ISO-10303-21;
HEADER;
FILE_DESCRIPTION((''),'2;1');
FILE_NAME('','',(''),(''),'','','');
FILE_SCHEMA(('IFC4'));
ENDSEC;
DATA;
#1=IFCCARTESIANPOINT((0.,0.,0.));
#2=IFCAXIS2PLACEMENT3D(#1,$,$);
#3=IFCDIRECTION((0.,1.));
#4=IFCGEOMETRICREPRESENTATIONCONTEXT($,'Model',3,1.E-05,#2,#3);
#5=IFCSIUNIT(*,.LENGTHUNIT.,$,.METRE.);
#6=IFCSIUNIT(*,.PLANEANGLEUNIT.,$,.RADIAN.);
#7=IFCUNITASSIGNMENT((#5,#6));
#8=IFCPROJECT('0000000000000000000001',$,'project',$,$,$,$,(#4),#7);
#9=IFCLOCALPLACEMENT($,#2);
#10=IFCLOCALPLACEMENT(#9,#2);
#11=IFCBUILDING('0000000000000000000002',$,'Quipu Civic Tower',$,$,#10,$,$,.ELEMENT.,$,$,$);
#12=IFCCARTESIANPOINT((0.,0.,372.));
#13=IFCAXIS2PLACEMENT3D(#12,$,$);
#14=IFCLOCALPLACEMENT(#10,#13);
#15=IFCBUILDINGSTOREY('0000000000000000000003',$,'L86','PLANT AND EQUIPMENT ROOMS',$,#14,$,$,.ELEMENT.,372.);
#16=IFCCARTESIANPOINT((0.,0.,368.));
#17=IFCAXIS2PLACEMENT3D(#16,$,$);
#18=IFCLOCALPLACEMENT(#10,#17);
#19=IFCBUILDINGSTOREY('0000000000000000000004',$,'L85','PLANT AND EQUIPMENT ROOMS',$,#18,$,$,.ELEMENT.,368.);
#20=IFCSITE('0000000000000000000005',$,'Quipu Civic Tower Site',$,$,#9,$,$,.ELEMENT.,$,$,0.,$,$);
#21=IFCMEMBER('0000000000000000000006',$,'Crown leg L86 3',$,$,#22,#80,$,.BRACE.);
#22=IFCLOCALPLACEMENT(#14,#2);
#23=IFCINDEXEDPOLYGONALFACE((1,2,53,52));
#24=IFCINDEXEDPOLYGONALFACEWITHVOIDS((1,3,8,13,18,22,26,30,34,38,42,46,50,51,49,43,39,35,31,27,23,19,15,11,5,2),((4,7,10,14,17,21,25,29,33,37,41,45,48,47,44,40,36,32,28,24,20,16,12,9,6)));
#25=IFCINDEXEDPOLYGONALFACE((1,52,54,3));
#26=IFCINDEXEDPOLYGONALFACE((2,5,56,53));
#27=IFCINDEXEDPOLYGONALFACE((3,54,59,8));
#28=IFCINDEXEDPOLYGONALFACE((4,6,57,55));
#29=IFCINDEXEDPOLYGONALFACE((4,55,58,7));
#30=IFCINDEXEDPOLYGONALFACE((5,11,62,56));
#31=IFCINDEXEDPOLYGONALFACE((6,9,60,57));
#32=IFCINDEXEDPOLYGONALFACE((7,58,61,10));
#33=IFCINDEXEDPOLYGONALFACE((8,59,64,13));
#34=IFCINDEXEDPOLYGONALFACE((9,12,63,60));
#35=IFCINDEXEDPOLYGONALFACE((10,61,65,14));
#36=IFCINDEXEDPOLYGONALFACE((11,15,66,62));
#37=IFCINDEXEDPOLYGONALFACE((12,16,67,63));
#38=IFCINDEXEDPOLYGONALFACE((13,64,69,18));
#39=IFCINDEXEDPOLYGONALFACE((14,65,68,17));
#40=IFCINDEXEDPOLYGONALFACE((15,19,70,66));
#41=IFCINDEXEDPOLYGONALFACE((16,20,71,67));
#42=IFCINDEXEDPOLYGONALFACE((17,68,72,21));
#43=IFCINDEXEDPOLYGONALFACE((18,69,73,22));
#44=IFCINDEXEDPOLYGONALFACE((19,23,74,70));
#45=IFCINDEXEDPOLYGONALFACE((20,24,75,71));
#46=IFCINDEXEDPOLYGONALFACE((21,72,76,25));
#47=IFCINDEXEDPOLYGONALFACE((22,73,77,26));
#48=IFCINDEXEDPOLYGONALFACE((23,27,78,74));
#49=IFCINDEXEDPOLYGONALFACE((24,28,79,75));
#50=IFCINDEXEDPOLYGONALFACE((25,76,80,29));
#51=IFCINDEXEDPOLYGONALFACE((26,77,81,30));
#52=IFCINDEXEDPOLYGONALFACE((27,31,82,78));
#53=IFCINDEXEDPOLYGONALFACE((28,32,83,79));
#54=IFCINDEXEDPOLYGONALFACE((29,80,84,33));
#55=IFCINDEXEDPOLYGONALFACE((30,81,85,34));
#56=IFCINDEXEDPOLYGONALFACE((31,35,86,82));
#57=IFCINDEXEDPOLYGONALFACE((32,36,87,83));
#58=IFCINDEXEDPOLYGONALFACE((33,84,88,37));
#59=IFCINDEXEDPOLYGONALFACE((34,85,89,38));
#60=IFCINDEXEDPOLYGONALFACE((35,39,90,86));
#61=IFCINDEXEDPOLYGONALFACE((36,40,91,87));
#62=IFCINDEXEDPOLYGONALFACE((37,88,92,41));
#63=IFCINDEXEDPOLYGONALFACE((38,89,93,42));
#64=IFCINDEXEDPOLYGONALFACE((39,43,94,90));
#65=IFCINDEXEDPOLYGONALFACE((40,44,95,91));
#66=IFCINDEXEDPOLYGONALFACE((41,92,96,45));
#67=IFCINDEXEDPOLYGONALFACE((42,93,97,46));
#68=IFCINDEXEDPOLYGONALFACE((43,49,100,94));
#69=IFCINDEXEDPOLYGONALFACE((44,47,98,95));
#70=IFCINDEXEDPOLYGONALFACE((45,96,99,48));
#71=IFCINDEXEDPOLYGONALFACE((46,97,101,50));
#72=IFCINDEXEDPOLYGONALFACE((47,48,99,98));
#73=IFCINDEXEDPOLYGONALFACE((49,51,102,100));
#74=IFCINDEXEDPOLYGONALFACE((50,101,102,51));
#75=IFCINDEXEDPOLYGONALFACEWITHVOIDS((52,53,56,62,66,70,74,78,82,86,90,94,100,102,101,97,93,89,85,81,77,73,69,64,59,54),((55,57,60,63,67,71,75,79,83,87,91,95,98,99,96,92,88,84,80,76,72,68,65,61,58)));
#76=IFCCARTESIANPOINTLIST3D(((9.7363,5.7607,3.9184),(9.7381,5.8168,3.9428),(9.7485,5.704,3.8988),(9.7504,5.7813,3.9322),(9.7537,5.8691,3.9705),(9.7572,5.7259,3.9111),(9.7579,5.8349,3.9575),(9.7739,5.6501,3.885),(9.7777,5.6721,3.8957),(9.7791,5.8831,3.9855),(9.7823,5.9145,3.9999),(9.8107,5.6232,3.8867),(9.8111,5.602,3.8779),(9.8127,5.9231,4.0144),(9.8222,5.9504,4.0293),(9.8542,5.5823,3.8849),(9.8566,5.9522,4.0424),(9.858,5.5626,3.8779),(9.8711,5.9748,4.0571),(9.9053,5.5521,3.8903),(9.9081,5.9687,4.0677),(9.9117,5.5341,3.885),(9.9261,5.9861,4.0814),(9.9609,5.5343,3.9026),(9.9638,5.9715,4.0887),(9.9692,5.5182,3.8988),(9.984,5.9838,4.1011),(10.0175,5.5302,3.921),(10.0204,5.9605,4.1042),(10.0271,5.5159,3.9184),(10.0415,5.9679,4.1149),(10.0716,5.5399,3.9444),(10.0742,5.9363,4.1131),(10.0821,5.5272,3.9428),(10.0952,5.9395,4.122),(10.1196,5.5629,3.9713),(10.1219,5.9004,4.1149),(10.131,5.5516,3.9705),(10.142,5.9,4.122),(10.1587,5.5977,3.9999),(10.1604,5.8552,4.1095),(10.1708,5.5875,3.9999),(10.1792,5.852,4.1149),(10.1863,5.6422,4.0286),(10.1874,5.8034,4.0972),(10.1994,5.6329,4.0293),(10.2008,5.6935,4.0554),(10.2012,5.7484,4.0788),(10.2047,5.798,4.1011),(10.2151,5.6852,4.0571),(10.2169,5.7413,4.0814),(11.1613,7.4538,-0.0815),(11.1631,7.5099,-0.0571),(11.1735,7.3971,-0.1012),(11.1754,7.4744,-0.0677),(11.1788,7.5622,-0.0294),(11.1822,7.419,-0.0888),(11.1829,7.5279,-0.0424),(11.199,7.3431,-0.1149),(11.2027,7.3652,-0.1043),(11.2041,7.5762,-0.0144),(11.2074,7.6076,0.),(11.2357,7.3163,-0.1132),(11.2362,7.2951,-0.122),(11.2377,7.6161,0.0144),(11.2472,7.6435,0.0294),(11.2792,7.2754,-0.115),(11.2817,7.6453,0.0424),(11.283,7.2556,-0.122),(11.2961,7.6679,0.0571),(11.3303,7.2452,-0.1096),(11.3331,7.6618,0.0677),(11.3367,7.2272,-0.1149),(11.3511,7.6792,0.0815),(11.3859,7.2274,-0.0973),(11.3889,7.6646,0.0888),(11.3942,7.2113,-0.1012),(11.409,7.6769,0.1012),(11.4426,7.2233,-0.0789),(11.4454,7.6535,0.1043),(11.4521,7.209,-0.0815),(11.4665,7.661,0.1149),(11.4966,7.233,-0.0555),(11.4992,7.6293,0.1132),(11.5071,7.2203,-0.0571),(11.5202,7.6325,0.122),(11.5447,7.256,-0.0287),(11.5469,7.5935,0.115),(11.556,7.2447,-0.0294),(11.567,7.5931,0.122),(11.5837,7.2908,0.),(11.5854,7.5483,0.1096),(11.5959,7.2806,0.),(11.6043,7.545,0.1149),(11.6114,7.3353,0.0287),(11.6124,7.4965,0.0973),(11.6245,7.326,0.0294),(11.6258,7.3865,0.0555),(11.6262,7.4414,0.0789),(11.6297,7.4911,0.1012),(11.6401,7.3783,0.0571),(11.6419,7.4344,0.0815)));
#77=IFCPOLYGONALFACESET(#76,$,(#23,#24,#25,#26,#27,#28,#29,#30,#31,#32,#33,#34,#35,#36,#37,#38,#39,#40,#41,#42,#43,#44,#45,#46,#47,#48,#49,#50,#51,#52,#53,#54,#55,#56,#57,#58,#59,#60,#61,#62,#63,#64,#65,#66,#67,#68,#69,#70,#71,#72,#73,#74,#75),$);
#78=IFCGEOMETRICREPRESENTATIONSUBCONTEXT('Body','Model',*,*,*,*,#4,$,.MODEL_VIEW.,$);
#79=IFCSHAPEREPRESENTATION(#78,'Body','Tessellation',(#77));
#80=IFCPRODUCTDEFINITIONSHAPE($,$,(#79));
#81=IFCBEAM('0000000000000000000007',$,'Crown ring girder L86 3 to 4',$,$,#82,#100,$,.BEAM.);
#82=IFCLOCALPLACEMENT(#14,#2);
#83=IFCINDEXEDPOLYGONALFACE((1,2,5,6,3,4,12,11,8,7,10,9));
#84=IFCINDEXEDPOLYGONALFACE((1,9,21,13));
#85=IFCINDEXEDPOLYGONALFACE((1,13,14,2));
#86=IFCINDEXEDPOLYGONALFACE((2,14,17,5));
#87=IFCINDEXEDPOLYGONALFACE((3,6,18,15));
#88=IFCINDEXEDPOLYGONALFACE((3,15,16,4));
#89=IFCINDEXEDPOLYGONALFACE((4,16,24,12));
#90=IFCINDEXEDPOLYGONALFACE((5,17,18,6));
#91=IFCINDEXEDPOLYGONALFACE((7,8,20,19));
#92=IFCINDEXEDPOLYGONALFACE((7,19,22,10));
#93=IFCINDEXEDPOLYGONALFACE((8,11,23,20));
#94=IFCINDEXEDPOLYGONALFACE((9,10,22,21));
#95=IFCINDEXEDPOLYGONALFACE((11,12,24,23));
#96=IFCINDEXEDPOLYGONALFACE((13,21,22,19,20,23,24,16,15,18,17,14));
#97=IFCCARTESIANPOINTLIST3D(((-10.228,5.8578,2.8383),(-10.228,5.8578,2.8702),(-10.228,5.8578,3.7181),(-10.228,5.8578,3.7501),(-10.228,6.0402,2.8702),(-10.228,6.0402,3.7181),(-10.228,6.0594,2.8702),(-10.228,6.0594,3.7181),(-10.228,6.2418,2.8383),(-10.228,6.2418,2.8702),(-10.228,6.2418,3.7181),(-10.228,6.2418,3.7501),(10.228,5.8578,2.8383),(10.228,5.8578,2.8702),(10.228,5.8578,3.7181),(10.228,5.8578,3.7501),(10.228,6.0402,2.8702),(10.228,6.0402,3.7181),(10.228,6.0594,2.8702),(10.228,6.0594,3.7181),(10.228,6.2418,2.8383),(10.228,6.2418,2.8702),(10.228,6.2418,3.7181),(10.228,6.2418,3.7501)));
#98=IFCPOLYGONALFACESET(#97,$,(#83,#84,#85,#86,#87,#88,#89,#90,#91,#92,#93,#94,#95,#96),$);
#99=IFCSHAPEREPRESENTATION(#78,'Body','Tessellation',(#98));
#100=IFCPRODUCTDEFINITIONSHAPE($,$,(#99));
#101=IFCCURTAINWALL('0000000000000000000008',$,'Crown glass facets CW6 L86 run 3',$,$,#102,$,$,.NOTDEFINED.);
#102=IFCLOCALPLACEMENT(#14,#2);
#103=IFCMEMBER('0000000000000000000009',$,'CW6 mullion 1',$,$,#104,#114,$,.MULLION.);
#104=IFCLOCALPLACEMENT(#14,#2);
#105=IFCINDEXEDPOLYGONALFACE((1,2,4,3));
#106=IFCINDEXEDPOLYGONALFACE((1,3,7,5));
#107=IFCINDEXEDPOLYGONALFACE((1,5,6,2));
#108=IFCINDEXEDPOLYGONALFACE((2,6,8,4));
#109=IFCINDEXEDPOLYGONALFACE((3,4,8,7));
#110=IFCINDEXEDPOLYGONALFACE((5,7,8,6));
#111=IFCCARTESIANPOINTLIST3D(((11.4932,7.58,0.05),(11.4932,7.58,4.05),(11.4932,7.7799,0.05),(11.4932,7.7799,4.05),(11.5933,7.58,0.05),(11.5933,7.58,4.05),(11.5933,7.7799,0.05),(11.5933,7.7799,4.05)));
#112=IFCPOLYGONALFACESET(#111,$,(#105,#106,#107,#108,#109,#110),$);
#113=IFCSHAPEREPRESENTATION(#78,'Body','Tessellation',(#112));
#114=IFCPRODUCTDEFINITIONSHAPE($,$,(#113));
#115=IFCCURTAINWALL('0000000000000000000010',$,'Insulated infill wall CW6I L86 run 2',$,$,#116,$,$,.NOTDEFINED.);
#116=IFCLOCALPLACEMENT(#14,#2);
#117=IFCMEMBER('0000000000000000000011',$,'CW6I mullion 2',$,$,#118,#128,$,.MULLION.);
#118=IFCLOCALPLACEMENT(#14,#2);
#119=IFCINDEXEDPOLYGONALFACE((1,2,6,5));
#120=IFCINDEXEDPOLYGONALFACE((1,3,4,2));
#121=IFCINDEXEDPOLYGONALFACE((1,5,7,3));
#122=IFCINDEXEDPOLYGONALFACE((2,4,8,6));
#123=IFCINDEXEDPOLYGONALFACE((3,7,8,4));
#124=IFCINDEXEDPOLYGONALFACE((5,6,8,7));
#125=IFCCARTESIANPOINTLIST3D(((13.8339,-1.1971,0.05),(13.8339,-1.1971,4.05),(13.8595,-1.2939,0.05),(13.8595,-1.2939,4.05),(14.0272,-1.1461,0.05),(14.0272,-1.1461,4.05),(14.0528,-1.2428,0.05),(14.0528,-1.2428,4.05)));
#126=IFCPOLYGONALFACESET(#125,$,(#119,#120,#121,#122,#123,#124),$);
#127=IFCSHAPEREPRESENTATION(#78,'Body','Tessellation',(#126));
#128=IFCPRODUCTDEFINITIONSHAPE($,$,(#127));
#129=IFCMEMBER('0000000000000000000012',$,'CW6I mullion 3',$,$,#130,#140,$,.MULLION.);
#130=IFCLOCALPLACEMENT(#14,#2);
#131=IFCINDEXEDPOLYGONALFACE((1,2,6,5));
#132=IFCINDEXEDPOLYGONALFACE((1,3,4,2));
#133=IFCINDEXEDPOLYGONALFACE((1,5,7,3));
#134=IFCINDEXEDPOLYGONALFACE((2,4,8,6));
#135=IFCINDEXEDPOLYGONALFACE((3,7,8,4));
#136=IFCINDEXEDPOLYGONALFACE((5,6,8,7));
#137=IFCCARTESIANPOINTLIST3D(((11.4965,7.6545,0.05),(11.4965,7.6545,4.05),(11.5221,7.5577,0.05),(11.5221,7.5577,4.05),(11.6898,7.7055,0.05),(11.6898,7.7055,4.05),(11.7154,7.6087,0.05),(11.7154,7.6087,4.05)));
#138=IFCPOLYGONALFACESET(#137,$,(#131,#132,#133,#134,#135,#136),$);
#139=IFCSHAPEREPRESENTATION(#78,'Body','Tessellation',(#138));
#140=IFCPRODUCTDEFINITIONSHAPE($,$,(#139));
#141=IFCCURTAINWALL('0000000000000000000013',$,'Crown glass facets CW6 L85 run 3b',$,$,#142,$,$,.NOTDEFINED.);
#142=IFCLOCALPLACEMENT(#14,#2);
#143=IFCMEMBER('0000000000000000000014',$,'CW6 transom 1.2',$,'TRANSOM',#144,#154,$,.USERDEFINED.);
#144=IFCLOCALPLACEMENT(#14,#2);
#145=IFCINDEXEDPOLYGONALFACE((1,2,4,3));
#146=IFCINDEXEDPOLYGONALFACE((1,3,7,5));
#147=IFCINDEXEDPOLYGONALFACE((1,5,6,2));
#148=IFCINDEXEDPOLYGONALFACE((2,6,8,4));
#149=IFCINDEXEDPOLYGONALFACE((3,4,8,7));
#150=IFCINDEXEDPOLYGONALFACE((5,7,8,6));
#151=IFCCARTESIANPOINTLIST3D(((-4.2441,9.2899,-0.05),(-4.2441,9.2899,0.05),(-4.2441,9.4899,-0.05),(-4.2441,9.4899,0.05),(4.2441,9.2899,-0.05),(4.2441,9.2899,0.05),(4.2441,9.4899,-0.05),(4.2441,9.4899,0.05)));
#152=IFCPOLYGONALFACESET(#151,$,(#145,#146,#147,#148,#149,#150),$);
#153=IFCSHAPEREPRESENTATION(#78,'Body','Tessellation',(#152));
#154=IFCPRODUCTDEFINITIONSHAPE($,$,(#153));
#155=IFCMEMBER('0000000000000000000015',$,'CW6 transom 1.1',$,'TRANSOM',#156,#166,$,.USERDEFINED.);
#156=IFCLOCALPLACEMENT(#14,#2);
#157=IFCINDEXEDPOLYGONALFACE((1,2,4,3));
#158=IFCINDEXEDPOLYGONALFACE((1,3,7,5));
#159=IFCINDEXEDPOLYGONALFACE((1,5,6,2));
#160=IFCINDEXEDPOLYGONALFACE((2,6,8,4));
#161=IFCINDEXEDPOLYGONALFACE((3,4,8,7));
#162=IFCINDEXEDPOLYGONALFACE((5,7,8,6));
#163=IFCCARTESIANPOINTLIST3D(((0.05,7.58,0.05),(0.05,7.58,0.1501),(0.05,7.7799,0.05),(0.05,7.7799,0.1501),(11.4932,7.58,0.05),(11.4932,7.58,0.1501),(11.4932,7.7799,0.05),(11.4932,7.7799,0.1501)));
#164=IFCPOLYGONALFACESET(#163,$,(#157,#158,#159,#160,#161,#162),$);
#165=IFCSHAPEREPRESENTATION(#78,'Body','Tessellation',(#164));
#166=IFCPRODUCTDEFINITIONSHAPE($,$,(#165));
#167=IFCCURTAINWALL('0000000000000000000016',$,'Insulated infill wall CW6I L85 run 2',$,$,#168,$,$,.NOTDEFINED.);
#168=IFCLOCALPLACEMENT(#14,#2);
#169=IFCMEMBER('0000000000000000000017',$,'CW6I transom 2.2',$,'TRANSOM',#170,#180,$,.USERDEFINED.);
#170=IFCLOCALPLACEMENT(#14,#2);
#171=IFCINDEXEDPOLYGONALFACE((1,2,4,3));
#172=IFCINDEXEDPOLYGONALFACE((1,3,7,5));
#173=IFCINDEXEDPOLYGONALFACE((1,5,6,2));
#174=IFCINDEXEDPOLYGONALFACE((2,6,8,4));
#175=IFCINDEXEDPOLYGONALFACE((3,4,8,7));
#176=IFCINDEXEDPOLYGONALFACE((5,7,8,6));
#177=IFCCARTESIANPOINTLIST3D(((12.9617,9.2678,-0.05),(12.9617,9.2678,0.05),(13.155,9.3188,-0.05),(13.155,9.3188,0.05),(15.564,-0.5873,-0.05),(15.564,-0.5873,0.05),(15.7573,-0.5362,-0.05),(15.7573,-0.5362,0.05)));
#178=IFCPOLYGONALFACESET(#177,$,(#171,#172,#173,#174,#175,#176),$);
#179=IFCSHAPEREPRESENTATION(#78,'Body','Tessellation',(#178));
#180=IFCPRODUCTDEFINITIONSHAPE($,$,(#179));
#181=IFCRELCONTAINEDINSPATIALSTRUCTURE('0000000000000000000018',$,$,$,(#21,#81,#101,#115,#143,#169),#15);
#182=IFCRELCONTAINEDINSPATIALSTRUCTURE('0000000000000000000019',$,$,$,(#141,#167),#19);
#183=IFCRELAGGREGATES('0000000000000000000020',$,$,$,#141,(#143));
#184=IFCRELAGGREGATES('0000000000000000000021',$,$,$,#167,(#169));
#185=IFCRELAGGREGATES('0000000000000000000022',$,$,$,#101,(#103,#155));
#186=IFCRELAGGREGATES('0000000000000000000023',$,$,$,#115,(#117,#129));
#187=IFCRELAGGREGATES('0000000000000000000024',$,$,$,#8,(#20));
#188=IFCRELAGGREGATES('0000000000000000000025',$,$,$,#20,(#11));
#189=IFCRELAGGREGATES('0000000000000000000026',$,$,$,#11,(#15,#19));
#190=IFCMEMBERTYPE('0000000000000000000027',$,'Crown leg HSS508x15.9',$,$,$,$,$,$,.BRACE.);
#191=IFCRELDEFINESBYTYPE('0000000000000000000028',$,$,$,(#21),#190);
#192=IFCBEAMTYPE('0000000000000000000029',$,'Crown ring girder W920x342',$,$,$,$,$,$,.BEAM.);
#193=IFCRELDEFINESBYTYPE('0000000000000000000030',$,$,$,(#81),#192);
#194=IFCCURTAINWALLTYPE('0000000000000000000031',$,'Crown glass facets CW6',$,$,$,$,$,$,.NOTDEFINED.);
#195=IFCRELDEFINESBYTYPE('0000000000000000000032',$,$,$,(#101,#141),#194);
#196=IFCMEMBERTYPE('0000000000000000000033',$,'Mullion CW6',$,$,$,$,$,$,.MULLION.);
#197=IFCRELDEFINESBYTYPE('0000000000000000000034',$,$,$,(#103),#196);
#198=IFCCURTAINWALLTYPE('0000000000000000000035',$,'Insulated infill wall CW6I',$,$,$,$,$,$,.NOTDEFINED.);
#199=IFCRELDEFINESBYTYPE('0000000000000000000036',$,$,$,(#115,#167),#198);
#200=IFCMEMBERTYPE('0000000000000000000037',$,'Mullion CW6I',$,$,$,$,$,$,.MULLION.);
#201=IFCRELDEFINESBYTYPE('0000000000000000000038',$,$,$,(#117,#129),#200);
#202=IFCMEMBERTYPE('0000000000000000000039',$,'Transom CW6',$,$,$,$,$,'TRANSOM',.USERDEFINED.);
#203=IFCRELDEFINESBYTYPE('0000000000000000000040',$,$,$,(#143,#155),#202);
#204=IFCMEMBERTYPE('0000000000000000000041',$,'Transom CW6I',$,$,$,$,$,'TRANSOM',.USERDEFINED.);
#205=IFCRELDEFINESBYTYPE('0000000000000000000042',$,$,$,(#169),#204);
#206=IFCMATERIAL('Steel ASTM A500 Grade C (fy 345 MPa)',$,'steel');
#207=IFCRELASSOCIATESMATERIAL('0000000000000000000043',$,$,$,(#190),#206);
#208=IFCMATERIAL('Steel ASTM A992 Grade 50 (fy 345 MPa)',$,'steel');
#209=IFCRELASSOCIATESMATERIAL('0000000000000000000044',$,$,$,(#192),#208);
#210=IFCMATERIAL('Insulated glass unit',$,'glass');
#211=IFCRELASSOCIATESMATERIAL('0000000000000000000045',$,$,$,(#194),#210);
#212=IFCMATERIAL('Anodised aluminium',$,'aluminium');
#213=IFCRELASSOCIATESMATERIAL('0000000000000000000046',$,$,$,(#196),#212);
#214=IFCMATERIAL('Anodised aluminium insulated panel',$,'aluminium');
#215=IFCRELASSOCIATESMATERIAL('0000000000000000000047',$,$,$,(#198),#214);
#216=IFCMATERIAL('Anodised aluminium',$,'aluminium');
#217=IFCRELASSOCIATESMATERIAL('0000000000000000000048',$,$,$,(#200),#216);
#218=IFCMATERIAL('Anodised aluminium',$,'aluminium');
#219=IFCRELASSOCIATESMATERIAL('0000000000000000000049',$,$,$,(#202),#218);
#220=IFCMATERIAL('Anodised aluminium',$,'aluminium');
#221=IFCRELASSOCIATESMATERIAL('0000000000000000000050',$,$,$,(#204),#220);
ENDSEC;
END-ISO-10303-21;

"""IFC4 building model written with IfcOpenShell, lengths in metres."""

from ifc_helpers import new_model, si_unit, direction, frame, origin, origin_2d, place, context, subcontext, project, spatial, rectangle, hollow_circle, i_section, extrude, material, material_profile, profile_set, type_object, element, aggregate, save


model = new_model("IFC4")

# Units and contexts
model_context = context("Model", 3, precision=1e-05, world=origin(), true_north=direction((0.0, 1.0)))
body_context = subcontext(model_context, "Body", "Model", "MODEL_VIEW")
ifc_project = project(units=[si_unit("LENGTHUNIT", "METRE"), si_unit("PLANEANGLEUNIT", "RADIAN")], contexts=[model_context])

# Site, building, storey
site_placement = place(None, origin())
site = spatial("IfcSite", under=ifc_project, at=site_placement, Name="Quipu Civic Tower Site", CompositionType="ELEMENT", RefElevation=0.0)
building_placement = place(site_placement, origin())
building = spatial("IfcBuilding", under=site, at=building_placement, Name="Quipu Civic Tower", CompositionType="ELEMENT")
storey_1_placement = place(building_placement, frame((0.0, 0.0, 372.0)))
storey_1 = spatial("IfcBuildingStorey", under=building, at=storey_1_placement, Name="L86", Description="PLANT AND EQUIPMENT ROOMS", CompositionType="ELEMENT", Elevation=372.0)

# Member
ifc_material_1 = material(Name="Steel ASTM A500 Grade C (fy 345 MPa)", Category="steel")
ifc_material_profile_1 = material_profile(ifc_material_1, hollow_circle(Radius=0.2539, WallThickness=0.0159, at=origin_2d()), Name="HSS508x15.9")
ifc_profile_set_1 = profile_set([ifc_material_profile_1], Name="Steel ASTM A500 Grade C (fy 345 MPa)")
member_type_1 = type_object("IfcMemberType", Name="Crown leg HSS508x15.9", PredefinedType="BRACE", material=ifc_profile_set_1)
member_1_placement = place(storey_1_placement, frame((11.4016, 7.4441, 0.0), z_axis=(-0.311734, -0.370374, 0.875012), x_axis=(0.765074, -0.643942, 0.0)))
element("IfcMember", 1, at=member_1_placement, inside=storey_1, type_object=member_type_1, Name="Crown leg L86 3", PredefinedType="BRACE", context=body_context, shape_type="SweptSolid", body=[
    extrude(hollow_circle(Radius=0.2539, WallThickness=0.0159, at=origin_2d()), origin(), (0.0, 0.0, 1.0), 4.5713),
])

# Beam
ifc_material_2 = material(Name="Steel ASTM A992 Grade 50 (fy 345 MPa)", Category="steel")
ifc_material_profile_2 = material_profile(ifc_material_2, i_section(OverallWidth=0.384, OverallDepth=0.9119, WebThickness=0.0193, FlangeThickness=0.032, at=origin_2d()), Name="W920x342")
ifc_profile_set_2 = profile_set([ifc_material_profile_2], Name="Steel ASTM A992 Grade 50 (fy 345 MPa)")
beam_type = type_object("IfcBeamType", Name="Crown ring girder W920x342", PredefinedType="BEAM", material=ifc_profile_set_2)
beam_placement = place(storey_1_placement, frame((10.228, 6.0498, 3.2942), z_axis=(-1.0, 0.0, 0.0), x_axis=(0.0, -1.0, 0.0)))
element("IfcBeam", 2, at=beam_placement, inside=storey_1, type_object=beam_type, Name="Crown ring girder L86 3 to 4", PredefinedType="BEAM", context=body_context, shape_type="SweptSolid", body=[
    extrude(i_section(OverallWidth=0.384, OverallDepth=0.9119, WebThickness=0.0193, FlangeThickness=0.032, at=origin_2d()), origin(), (0.0, 0.0, 1.0), 20.4561),
])

# Curtain wall, member
ifc_material_3 = material(Name="Insulated glass unit", Category="glass")
curtain_wall_type_1 = type_object("IfcCurtainWallType", Name="Crown glass facets CW6", PredefinedType="NOTDEFINED", material=ifc_material_3)
curtain_wall_1_placement = place(storey_1_placement, origin())
curtain_wall_1 = element("IfcCurtainWall", 3, at=curtain_wall_1_placement, inside=storey_1, type_object=curtain_wall_type_1, Name="Crown glass facets CW6 L86 run 3", PredefinedType="NOTDEFINED")
ifc_material_4 = material(Name="Anodised aluminium", Category="aluminium")
ifc_material_profile_3 = material_profile(ifc_material_4, rectangle(XDim=0.2, YDim=0.1001, at=origin_2d()), Name="RECT 200x100")
ifc_profile_set_3 = profile_set([ifc_material_profile_3], Name="Anodised aluminium")
member_type_2 = type_object("IfcMemberType", Name="Mullion CW6", PredefinedType="MULLION", material=ifc_profile_set_3)
member_2_placement = place(storey_1_placement, frame((11.5432, 7.6799, 0.05), z_axis=(0.0, 0.0, 1.0), x_axis=(0.0, -1.0, 0.0)))
member_2 = element("IfcMember", 4, at=member_2_placement, type_object=member_type_2, Name="CW6 mullion 1", PredefinedType="MULLION", context=body_context, shape_type="SweptSolid", body=[
    extrude(rectangle(XDim=0.2, YDim=0.1001, at=origin_2d()), origin(), (0.0, 0.0, 1.0), 4.0),
])

# Curtain wall, members
ifc_material_5 = material(Name="Anodised aluminium insulated panel", Category="aluminium")
curtain_wall_type_2 = type_object("IfcCurtainWallType", Name="Insulated infill wall CW6I", PredefinedType="NOTDEFINED", material=ifc_material_5)
curtain_wall_2_placement = place(storey_1_placement, origin())
curtain_wall_2 = element("IfcCurtainWall", 5, at=curtain_wall_2_placement, inside=storey_1, type_object=curtain_wall_type_2, Name="Insulated infill wall CW6I L86 run 2", PredefinedType="NOTDEFINED")
ifc_material_6 = material(Name="Anodised aluminium", Category="aluminium")
ifc_material_profile_4 = material_profile(ifc_material_6, rectangle(XDim=0.2, YDim=0.1001, at=origin_2d()), Name="RECT 200x100")
ifc_profile_set_4 = profile_set([ifc_material_profile_4], Name="Anodised aluminium")
member_type_3 = type_object("IfcMemberType", Name="Mullion CW6I", PredefinedType="MULLION", material=ifc_profile_set_4)
member_3_placement = place(storey_1_placement, frame((13.9434, -1.22, 0.05), z_axis=(0.0, 0.0, 1.0), x_axis=(-0.966858, -0.255316, 0.0)))
member_3 = element("IfcMember", 6, at=member_3_placement, type_object=member_type_3, Name="CW6I mullion 2", PredefinedType="MULLION", context=body_context, shape_type="SweptSolid", body=[
    extrude(rectangle(XDim=0.2, YDim=0.1001, at=origin_2d()), origin(), (0.0, 0.0, 1.0), 4.0),
])
member_4_placement = place(storey_1_placement, frame((11.606, 7.6316, 0.05), z_axis=(0.0, 0.0, 1.0), x_axis=(-0.966858, -0.255316, 0.0)))
member_4 = element("IfcMember", 7, at=member_4_placement, type_object=member_type_3, Name="CW6I mullion 3", PredefinedType="MULLION", context=body_context, shape_type="SweptSolid", body=[
    extrude(rectangle(XDim=0.2, YDim=0.1001, at=origin_2d()), origin(), (0.0, 0.0, 1.0), 4.0),
])

# Shared definitions
storey_2_placement = place(building_placement, frame((0.0, 0.0, 368.0)))
storey_2 = spatial("IfcBuildingStorey", under=building, at=storey_2_placement, Name="L85", Description="PLANT AND EQUIPMENT ROOMS", CompositionType="ELEMENT", Elevation=368.0)

# Curtain wall, member
curtain_wall_3_placement = place(storey_2_placement, origin())
curtain_wall_3 = element("IfcCurtainWall", 8, at=curtain_wall_3_placement, inside=storey_2, type_object=curtain_wall_type_1, Name="Crown glass facets CW6 L85 run 3b", PredefinedType="NOTDEFINED")
ifc_material_7 = material(Name="Anodised aluminium", Category="aluminium")
ifc_material_profile_5 = material_profile(ifc_material_7, rectangle(XDim=0.2, YDim=0.1001, at=origin_2d()), Name="RECT 200x100")
ifc_profile_set_5 = profile_set([ifc_material_profile_5], Name="Anodised aluminium")
member_type_4 = type_object("IfcMemberType", Name="Transom CW6", ElementType="TRANSOM", PredefinedType="USERDEFINED", material=ifc_profile_set_5)
member_5_placement = place(storey_1_placement, frame((4.2441, 9.3899, 0.0), z_axis=(-1.0, 0.0, 0.0), x_axis=(0.0, -1.0, 0.0)))
member_5 = element("IfcMember", 9, at=member_5_placement, inside=storey_1, type_object=member_type_4, Name="CW6 transom 1.2", ObjectType="TRANSOM", PredefinedType="USERDEFINED", context=body_context, shape_type="SweptSolid", body=[
    extrude(rectangle(XDim=0.2, YDim=0.1001, at=origin_2d()), origin(), (0.0, 0.0, 1.0), 8.4883),
])
aggregate(curtain_wall_3, [member_5])

# Member
member_6_placement = place(storey_1_placement, frame((11.4932, 7.6799, 0.1001), z_axis=(-1.0, 0.0, 0.0), x_axis=(0.0, -1.0, 0.0)))
member_6 = element("IfcMember", 10, at=member_6_placement, type_object=member_type_4, Name="CW6 transom 1.1", ObjectType="TRANSOM", PredefinedType="USERDEFINED", context=body_context, shape_type="SweptSolid", body=[
    extrude(rectangle(XDim=0.2, YDim=0.1001, at=origin_2d()), origin(), (0.0, 0.0, 1.0), 11.4431),
])

# Curtain wall, member
curtain_wall_4_placement = place(storey_2_placement, origin())
curtain_wall_4 = element("IfcCurtainWall", 11, at=curtain_wall_4_placement, inside=storey_2, type_object=curtain_wall_type_2, Name="Insulated infill wall CW6I L85 run 2", PredefinedType="NOTDEFINED")
ifc_material_8 = material(Name="Anodised aluminium", Category="aluminium")
ifc_material_profile_6 = material_profile(ifc_material_8, rectangle(XDim=0.2, YDim=0.1001, at=origin_2d()), Name="RECT 200x100")
ifc_profile_set_6 = profile_set([ifc_material_profile_6], Name="Anodised aluminium")
member_type_5 = type_object("IfcMemberType", Name="Transom CW6I", ElementType="TRANSOM", PredefinedType="USERDEFINED", material=ifc_profile_set_6)
member_7_placement = place(storey_1_placement, frame((15.6606, -0.5618, 0.0), z_axis=(-0.255308, 0.96686, 0.0), x_axis=(-0.96686, -0.255308, 0.0)))
member_7 = element("IfcMember", 12, at=member_7_placement, inside=storey_1, type_object=member_type_5, Name="CW6I transom 2.2", ObjectType="TRANSOM", PredefinedType="USERDEFINED", context=body_context, shape_type="SweptSolid", body=[
    extrude(rectangle(XDim=0.2, YDim=0.1001, at=origin_2d()), origin(), (0.0, 0.0, 1.0), 10.1929),
])
aggregate(curtain_wall_4, [member_7])

aggregate(curtain_wall_1, [member_2, member_6])
aggregate(curtain_wall_2, [member_3, member_4])

save(model, "model.ifc")
